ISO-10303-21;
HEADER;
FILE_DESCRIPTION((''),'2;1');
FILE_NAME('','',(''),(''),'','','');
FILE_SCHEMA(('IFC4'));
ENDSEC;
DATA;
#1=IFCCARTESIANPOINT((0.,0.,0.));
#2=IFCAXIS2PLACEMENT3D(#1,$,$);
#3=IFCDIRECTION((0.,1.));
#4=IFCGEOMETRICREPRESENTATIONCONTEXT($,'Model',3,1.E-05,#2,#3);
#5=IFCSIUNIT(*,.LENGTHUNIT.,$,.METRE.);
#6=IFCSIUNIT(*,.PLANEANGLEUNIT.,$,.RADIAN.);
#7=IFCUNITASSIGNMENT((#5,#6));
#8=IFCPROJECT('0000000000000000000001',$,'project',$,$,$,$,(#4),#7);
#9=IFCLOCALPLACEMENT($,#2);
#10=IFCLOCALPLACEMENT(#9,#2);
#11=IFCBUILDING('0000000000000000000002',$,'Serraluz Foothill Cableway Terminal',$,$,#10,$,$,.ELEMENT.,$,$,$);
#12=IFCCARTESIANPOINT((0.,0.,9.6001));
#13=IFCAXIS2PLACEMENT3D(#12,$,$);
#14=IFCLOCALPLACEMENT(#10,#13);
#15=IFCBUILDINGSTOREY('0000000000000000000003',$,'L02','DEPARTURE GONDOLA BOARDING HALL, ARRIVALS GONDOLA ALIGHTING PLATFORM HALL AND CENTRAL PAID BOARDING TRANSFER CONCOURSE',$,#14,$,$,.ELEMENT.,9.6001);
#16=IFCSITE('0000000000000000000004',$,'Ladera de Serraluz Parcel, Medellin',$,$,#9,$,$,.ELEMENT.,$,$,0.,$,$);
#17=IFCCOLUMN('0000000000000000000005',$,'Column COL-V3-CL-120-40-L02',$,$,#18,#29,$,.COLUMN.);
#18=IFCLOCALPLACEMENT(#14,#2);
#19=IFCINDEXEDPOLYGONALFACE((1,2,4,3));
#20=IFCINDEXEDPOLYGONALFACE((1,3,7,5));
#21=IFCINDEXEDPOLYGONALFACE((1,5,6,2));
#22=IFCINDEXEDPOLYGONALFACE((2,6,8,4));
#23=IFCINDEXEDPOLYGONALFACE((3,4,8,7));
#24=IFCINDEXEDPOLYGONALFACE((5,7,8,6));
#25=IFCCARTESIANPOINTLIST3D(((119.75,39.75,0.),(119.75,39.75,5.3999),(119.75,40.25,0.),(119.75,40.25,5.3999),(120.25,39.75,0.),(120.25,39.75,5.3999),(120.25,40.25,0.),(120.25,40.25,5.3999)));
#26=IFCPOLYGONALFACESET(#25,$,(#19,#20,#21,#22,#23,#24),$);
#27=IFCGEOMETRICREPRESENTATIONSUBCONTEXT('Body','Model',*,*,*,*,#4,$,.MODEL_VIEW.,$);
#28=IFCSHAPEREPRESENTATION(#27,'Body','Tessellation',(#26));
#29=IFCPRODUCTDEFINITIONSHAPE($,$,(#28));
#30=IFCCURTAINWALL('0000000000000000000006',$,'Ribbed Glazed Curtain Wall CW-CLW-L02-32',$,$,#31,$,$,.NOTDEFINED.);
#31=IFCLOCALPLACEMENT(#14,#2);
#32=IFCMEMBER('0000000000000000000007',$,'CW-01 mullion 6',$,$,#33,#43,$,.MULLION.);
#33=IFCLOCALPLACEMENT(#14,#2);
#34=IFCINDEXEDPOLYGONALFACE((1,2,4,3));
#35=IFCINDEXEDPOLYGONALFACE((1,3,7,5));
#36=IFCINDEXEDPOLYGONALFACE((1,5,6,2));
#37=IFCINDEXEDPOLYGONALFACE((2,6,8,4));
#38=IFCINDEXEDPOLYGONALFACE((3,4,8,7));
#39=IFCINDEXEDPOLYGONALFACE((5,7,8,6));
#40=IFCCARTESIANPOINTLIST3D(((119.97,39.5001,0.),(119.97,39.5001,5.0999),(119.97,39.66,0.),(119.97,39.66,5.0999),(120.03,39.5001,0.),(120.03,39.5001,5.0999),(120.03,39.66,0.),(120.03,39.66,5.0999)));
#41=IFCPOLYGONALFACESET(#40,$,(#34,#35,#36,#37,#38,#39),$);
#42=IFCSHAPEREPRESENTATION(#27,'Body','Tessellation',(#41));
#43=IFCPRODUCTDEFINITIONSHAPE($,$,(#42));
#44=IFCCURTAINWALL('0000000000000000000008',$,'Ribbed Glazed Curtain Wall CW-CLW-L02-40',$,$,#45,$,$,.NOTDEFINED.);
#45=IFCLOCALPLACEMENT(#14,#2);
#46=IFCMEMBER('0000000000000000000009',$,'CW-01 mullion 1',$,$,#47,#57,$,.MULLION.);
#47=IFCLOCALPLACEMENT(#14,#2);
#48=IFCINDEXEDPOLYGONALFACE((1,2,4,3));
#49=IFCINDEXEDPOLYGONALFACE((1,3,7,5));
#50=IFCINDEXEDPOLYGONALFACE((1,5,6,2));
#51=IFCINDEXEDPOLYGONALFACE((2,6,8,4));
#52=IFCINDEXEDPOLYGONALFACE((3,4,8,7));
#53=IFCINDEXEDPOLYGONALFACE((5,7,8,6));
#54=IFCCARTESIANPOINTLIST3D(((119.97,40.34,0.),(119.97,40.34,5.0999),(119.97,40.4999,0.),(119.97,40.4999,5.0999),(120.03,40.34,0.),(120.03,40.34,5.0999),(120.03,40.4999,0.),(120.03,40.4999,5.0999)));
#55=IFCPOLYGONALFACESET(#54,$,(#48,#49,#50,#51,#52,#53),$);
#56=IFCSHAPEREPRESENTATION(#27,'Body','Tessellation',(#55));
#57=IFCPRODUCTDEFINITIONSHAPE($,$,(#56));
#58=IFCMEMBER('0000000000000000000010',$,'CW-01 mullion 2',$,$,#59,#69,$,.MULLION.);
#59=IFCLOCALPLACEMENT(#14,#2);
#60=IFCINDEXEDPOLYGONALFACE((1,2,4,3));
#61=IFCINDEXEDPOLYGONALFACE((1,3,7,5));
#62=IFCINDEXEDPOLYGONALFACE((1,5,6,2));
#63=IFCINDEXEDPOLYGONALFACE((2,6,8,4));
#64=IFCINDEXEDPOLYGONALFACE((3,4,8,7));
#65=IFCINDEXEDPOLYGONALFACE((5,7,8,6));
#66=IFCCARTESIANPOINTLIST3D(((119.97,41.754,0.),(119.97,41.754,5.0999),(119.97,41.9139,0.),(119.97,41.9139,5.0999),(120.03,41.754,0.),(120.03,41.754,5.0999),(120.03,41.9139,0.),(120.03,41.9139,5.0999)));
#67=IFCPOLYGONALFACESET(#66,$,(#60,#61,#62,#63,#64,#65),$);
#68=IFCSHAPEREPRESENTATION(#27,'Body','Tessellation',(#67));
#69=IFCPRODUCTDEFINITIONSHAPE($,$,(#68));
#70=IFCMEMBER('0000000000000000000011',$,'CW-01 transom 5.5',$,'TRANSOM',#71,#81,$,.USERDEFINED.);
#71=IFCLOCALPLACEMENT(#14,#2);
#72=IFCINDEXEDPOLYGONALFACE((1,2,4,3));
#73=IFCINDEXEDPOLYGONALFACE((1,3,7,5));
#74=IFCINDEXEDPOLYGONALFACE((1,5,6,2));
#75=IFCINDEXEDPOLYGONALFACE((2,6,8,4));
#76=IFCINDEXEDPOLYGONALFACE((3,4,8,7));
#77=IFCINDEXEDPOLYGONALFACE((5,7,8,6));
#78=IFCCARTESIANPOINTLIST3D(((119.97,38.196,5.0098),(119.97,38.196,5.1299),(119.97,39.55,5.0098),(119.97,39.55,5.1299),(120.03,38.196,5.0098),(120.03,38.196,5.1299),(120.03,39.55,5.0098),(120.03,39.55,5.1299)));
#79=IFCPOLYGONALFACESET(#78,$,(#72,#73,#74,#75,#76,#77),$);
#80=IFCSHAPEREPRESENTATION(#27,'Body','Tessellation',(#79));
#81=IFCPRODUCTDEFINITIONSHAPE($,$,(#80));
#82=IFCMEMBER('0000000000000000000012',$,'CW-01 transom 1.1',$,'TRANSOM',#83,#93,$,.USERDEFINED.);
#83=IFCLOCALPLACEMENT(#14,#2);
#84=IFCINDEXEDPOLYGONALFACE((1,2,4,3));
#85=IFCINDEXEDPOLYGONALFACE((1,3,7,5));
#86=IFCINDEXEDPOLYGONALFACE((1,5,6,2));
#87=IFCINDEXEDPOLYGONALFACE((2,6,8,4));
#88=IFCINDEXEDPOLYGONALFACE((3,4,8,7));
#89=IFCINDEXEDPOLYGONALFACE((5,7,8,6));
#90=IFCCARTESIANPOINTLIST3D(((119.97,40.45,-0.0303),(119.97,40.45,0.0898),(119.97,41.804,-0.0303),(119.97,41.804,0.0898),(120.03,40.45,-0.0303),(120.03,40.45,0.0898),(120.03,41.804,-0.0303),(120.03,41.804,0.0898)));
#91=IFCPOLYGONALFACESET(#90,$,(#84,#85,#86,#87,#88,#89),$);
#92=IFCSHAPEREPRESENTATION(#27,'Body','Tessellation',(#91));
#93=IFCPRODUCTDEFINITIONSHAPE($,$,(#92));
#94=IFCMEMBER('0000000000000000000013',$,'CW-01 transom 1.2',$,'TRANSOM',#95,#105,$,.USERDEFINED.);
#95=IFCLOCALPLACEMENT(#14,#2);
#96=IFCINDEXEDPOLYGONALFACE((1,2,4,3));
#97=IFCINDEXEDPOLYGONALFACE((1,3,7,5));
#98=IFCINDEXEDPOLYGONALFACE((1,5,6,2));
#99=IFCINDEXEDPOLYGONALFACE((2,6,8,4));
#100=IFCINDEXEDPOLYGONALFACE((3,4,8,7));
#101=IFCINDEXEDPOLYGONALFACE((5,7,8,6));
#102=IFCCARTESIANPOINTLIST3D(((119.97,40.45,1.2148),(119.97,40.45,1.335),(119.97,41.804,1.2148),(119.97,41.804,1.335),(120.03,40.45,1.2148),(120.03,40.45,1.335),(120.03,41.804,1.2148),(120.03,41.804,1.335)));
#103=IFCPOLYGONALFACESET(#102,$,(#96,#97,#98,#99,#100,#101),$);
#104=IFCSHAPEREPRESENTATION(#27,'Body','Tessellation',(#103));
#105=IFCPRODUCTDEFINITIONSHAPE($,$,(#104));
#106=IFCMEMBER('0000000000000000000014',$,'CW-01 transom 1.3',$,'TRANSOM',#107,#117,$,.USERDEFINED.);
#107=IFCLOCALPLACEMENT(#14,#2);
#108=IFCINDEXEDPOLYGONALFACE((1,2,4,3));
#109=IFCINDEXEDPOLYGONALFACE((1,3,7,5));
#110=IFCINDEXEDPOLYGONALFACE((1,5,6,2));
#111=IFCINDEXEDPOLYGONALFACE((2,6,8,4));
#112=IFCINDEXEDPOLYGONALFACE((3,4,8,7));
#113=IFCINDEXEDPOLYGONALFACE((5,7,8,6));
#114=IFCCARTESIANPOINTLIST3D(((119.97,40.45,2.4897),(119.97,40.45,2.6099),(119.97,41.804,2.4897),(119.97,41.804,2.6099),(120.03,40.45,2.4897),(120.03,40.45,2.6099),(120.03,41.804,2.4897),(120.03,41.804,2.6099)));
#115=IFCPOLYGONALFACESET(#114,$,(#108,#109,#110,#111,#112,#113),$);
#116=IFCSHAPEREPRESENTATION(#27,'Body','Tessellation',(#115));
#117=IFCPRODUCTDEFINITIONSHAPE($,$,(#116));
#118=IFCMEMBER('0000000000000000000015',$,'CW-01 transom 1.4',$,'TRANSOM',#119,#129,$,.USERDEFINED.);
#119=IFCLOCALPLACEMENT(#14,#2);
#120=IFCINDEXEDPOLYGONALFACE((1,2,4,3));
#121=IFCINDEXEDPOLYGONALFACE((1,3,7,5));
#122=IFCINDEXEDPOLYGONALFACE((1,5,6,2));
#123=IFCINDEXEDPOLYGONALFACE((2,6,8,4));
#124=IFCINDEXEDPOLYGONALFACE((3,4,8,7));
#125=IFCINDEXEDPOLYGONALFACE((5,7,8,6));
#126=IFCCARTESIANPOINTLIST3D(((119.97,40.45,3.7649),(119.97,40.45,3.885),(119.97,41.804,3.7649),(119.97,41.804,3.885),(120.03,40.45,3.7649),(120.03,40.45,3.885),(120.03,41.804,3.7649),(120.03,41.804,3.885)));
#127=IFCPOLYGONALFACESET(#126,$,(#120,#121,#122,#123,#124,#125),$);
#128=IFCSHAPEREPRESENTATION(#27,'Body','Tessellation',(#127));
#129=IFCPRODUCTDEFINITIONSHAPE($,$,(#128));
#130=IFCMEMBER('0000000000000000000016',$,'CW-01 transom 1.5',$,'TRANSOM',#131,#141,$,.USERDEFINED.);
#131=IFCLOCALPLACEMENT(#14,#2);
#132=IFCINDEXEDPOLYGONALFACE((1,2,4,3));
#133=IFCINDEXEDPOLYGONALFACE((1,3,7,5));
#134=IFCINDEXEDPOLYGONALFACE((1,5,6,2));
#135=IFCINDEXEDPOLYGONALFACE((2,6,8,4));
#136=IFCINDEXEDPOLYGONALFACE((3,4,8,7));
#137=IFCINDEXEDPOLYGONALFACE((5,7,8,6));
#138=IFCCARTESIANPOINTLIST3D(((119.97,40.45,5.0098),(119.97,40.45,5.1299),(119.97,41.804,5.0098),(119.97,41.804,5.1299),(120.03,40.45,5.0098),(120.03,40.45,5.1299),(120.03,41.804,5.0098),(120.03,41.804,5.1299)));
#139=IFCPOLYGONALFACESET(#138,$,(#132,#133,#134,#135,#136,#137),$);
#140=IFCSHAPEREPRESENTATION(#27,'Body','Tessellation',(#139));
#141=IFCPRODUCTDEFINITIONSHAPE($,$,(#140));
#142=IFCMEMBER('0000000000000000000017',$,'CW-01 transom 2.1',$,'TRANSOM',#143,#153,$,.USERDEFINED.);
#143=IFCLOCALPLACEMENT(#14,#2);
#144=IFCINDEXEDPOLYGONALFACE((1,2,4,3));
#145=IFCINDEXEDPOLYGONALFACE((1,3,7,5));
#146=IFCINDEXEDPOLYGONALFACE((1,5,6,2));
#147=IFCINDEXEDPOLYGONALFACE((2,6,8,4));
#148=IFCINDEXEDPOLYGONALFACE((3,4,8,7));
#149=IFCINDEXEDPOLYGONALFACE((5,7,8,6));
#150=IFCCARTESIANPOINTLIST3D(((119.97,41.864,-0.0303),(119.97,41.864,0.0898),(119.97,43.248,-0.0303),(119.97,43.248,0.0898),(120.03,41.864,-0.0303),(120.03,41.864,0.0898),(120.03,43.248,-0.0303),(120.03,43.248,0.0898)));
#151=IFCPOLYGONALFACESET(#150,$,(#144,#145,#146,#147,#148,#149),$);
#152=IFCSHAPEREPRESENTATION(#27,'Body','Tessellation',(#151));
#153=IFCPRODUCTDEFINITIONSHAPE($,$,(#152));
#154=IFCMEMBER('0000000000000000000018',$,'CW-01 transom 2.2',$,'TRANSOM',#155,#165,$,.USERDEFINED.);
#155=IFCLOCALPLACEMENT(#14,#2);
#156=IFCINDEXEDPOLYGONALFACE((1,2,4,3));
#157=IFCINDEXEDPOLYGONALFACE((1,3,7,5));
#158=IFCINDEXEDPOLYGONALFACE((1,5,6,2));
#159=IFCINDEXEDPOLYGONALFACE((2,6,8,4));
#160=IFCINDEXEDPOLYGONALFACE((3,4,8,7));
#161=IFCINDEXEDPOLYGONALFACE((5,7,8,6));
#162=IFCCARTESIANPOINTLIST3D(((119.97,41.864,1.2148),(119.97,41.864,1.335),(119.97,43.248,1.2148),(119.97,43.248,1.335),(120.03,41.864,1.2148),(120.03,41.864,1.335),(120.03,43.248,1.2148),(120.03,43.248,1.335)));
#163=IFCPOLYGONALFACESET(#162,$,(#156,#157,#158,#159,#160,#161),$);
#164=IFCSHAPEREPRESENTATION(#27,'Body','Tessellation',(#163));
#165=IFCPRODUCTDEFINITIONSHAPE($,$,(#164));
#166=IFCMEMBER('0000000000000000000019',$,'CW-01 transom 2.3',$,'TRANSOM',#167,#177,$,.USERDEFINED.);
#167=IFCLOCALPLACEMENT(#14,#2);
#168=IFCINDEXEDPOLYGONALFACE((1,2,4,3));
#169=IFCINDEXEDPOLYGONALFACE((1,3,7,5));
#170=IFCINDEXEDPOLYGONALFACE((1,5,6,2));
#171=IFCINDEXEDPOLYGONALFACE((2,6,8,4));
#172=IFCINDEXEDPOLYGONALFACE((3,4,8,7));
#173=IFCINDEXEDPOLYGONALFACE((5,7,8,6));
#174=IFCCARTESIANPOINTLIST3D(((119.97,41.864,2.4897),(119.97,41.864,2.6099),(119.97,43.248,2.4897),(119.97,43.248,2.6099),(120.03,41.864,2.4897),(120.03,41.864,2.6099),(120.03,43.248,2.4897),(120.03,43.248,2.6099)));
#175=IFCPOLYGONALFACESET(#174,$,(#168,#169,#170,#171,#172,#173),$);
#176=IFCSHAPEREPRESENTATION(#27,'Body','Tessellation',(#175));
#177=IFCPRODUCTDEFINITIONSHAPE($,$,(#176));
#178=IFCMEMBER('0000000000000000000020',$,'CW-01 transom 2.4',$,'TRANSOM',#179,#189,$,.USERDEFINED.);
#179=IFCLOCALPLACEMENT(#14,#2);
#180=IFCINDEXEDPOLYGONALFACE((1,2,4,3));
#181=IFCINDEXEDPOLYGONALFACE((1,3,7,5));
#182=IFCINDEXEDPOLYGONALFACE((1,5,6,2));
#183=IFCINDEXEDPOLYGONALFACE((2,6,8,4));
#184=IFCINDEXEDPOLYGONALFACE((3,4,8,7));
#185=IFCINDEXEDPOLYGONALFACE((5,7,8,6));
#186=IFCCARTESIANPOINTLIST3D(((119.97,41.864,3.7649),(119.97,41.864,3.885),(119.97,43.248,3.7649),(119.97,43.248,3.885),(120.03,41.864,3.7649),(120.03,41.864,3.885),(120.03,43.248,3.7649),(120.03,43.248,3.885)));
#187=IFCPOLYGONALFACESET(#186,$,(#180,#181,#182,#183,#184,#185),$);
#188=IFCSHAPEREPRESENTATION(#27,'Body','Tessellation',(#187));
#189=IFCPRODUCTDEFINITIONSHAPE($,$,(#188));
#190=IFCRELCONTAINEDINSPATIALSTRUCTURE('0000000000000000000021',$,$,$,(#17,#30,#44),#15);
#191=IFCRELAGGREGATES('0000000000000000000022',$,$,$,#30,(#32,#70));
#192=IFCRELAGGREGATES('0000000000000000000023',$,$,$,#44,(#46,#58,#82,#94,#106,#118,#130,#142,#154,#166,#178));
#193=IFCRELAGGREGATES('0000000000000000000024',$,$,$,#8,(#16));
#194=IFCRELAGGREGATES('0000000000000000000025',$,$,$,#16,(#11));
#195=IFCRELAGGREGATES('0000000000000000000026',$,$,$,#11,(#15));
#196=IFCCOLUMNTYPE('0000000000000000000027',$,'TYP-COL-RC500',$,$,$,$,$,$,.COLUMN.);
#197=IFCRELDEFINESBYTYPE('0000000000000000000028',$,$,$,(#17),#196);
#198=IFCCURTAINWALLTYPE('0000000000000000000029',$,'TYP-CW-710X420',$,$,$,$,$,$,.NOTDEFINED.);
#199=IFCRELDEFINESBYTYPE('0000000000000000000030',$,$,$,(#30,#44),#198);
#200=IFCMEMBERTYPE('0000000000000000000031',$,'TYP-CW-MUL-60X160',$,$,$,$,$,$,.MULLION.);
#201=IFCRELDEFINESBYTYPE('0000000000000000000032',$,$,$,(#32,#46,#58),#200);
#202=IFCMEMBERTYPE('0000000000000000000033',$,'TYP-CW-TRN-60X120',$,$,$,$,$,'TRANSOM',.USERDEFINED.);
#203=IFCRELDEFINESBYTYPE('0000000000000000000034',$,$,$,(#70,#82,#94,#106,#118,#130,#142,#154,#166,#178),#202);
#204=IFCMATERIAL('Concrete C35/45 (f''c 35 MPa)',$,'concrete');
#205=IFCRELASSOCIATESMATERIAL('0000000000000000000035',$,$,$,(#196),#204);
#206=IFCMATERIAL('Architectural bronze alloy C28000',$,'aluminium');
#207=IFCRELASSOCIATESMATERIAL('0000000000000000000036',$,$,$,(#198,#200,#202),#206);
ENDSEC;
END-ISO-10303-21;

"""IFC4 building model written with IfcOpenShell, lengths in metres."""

from ifc_helpers import new_model, si_unit, direction, frame, origin, origin_2d, place, context, subcontext, project, spatial, rectangle, extrude, material, material_profile, profile_set, type_object, element, aggregate, save


model = new_model("IFC4")

# Units and contexts
model_context = context("Model", 3, precision=1e-05, world=origin(), true_north=direction((0.0, 1.0)))
body_context = subcontext(model_context, "Body", "Model", "MODEL_VIEW")
ifc_project = project(units=[si_unit("LENGTHUNIT", "METRE"), si_unit("PLANEANGLEUNIT", "RADIAN")], contexts=[model_context])

# Site, building, storey
site_placement = place(None, origin())
site = spatial("IfcSite", under=ifc_project, at=site_placement, Name="Ladera de Serraluz Parcel, Medellin", CompositionType="ELEMENT", RefElevation=0.0)
building_placement = place(site_placement, origin())
building = spatial("IfcBuilding", under=site, at=building_placement, Name="Serraluz Foothill Cableway Terminal", CompositionType="ELEMENT")
storey_placement = place(building_placement, frame((0.0, 0.0, 9.6001)))
storey = spatial("IfcBuildingStorey", under=building, at=storey_placement, Name="L02", Description="DEPARTURE GONDOLA BOARDING HALL, ARRIVALS GONDOLA ALIGHTING PLATFORM HALL AND CENTRAL PAID BOARDING TRANSFER CONCOURSE", CompositionType="ELEMENT", Elevation=9.6001)

# Column
ifc_material_1 = material(Name="Concrete C35/45 (f'c 35 MPa)", Category="concrete")
ifc_material_profile_1 = material_profile(ifc_material_1, rectangle(XDim=0.5, YDim=0.5, at=origin_2d()), Name="RC 500x500")
ifc_profile_set_1 = profile_set([ifc_material_profile_1], Name="Concrete C35/45 (f'c 35 MPa)")
column_type = type_object("IfcColumnType", Name="TYP-COL-RC500", PredefinedType="COLUMN", material=ifc_profile_set_1)
column_placement = place(storey_placement, frame((120.0, 40.0, 0.0), z_axis=(0.0, 0.0, 1.0), x_axis=(1.0, 0.0, 0.0)))
element("IfcColumn", 1, at=column_placement, inside=storey, type_object=column_type, Name="Column COL-V3-CL-120-40-L02", PredefinedType="COLUMN", context=body_context, shape_type="SweptSolid", body=[
    extrude(rectangle(XDim=0.5, YDim=0.5, at=origin_2d()), origin(), (0.0, 0.0, 1.0), 5.3999),
])

# Curtain wall, member
ifc_material_2 = material(Name="Architectural bronze alloy C28000", Category="aluminium")
curtain_wall_type = type_object("IfcCurtainWallType", Name="TYP-CW-710X420", PredefinedType="NOTDEFINED", material=ifc_material_2)
curtain_wall_1_placement = place(storey_placement, origin())
curtain_wall_1 = element("IfcCurtainWall", 2, at=curtain_wall_1_placement, inside=storey, type_object=curtain_wall_type, Name="Ribbed Glazed Curtain Wall CW-CLW-L02-32", PredefinedType="NOTDEFINED")
ifc_material_profile_2 = material_profile(ifc_material_2, rectangle(XDim=0.0601, YDim=0.1599, at=origin_2d()), Name="ALU MULLION 60x160")
ifc_profile_set_2 = profile_set([ifc_material_profile_2], Name="Architectural bronze alloy C28000")
member_type_1 = type_object("IfcMemberType", Name="TYP-CW-MUL-60X160", PredefinedType="MULLION", material=ifc_profile_set_2)
member_1_placement = place(storey_placement, frame((120.0, 39.5801, 0.0), z_axis=(0.0, 0.0, 1.0), x_axis=(-1.0, 0.0, 0.0)))
member_1 = element("IfcMember", 3, at=member_1_placement, type_object=member_type_1, Name="CW-01 mullion 6", PredefinedType="MULLION", context=body_context, shape_type="SweptSolid", body=[
    extrude(rectangle(XDim=0.0601, YDim=0.1599, at=origin_2d()), origin(), (0.0, 0.0, 1.0), 5.0999),
])

# Curtain wall, members
curtain_wall_2_placement = place(storey_placement, origin())
curtain_wall_2 = element("IfcCurtainWall", 4, at=curtain_wall_2_placement, inside=storey, type_object=curtain_wall_type, Name="Ribbed Glazed Curtain Wall CW-CLW-L02-40", PredefinedType="NOTDEFINED")
member_2_placement = place(storey_placement, frame((120.0, 40.4199, 0.0), z_axis=(0.0, 0.0, 1.0), x_axis=(-1.0, 0.0, 0.0)))
member_2 = element("IfcMember", 5, at=member_2_placement, type_object=member_type_1, Name="CW-01 mullion 1", PredefinedType="MULLION", context=body_context, shape_type="SweptSolid", body=[
    extrude(rectangle(XDim=0.0601, YDim=0.1599, at=origin_2d()), origin(), (0.0, 0.0, 1.0), 5.0999),
])
member_3_placement = place(storey_placement, frame((120.0, 41.834, 0.0), z_axis=(0.0, 0.0, 1.0), x_axis=(-1.0, 0.0, 0.0)))
member_3 = element("IfcMember", 6, at=member_3_placement, type_object=member_type_1, Name="CW-01 mullion 2", PredefinedType="MULLION", context=body_context, shape_type="SweptSolid", body=[
    extrude(rectangle(XDim=0.0601, YDim=0.1599, at=origin_2d()), origin(), (0.0, 0.0, 1.0), 5.0999),
])

# Members
ifc_material_profile_3 = material_profile(ifc_material_2, rectangle(XDim=0.0601, YDim=0.1201, at=origin_2d()), Name="ALU TRANSOM 60x120")
ifc_profile_set_3 = profile_set([ifc_material_profile_3], Name="Architectural bronze alloy C28000")
member_type_2 = type_object("IfcMemberType", Name="TYP-CW-TRN-60X120", ElementType="TRANSOM", PredefinedType="USERDEFINED", material=ifc_profile_set_3)
member_4_placement = place(storey_placement, frame((120.0, 38.196, 5.0698), z_axis=(0.0, 1.0, 0.0), x_axis=(-1.0, 0.0, 0.0)))
member_4 = element("IfcMember", 7, at=member_4_placement, type_object=member_type_2, Name="CW-01 transom 5.5", ObjectType="TRANSOM", PredefinedType="USERDEFINED", context=body_context, shape_type="SweptSolid", body=[
    extrude(rectangle(XDim=0.0601, YDim=0.1201, at=origin_2d()), origin(), (0.0, 0.0, 1.0), 1.354),
])
member_5_placement = place(storey_placement, frame((120.0, 40.45, 0.0298), z_axis=(0.0, 1.0, 0.0), x_axis=(-1.0, 0.0, 0.0)))
member_5 = element("IfcMember", 8, at=member_5_placement, type_object=member_type_2, Name="CW-01 transom 1.1", ObjectType="TRANSOM", PredefinedType="USERDEFINED", context=body_context, shape_type="SweptSolid", body=[
    extrude(rectangle(XDim=0.0601, YDim=0.1201, at=origin_2d()), origin(), (0.0, 0.0, 1.0), 1.354),
])
member_6_placement = place(storey_placement, frame((120.0, 40.45, 1.2749), z_axis=(0.0, 1.0, 0.0), x_axis=(-1.0, 0.0, 0.0)))
member_6 = element("IfcMember", 9, at=member_6_placement, type_object=member_type_2, Name="CW-01 transom 1.2", ObjectType="TRANSOM", PredefinedType="USERDEFINED", context=body_context, shape_type="SweptSolid", body=[
    extrude(rectangle(XDim=0.0601, YDim=0.1201, at=origin_2d()), origin(), (0.0, 0.0, 1.0), 1.354),
])
member_7_placement = place(storey_placement, frame((120.0, 40.45, 2.5498), z_axis=(0.0, 1.0, 0.0), x_axis=(-1.0, 0.0, 0.0)))
member_7 = element("IfcMember", 10, at=member_7_placement, type_object=member_type_2, Name="CW-01 transom 1.3", ObjectType="TRANSOM", PredefinedType="USERDEFINED", context=body_context, shape_type="SweptSolid", body=[
    extrude(rectangle(XDim=0.0601, YDim=0.1201, at=origin_2d()), origin(), (0.0, 0.0, 1.0), 1.354),
])
member_8_placement = place(storey_placement, frame((120.0, 40.45, 3.825), z_axis=(0.0, 1.0, 0.0), x_axis=(-1.0, 0.0, 0.0)))
member_8 = element("IfcMember", 11, at=member_8_placement, type_object=member_type_2, Name="CW-01 transom 1.4", ObjectType="TRANSOM", PredefinedType="USERDEFINED", context=body_context, shape_type="SweptSolid", body=[
    extrude(rectangle(XDim=0.0601, YDim=0.1201, at=origin_2d()), origin(), (0.0, 0.0, 1.0), 1.354),
])
member_9_placement = place(storey_placement, frame((120.0, 40.45, 5.0698), z_axis=(0.0, 1.0, 0.0), x_axis=(-1.0, 0.0, 0.0)))
member_9 = element("IfcMember", 12, at=member_9_placement, type_object=member_type_2, Name="CW-01 transom 1.5", ObjectType="TRANSOM", PredefinedType="USERDEFINED", context=body_context, shape_type="SweptSolid", body=[
    extrude(rectangle(XDim=0.0601, YDim=0.1201, at=origin_2d()), origin(), (0.0, 0.0, 1.0), 1.354),
])
member_10_placement = place(storey_placement, frame((120.0, 41.864, 0.0298), z_axis=(0.0, 1.0, 0.0), x_axis=(-1.0, 0.0, 0.0)))
member_10 = element("IfcMember", 13, at=member_10_placement, type_object=member_type_2, Name="CW-01 transom 2.1", ObjectType="TRANSOM", PredefinedType="USERDEFINED", context=body_context, shape_type="SweptSolid", body=[
    extrude(rectangle(XDim=0.0601, YDim=0.1201, at=origin_2d()), origin(), (0.0, 0.0, 1.0), 1.384),
])
member_11_placement = place(storey_placement, frame((120.0, 41.864, 1.2749), z_axis=(0.0, 1.0, 0.0), x_axis=(-1.0, 0.0, 0.0)))
member_11 = element("IfcMember", 14, at=member_11_placement, type_object=member_type_2, Name="CW-01 transom 2.2", ObjectType="TRANSOM", PredefinedType="USERDEFINED", context=body_context, shape_type="SweptSolid", body=[
    extrude(rectangle(XDim=0.0601, YDim=0.1201, at=origin_2d()), origin(), (0.0, 0.0, 1.0), 1.384),
])
member_12_placement = place(storey_placement, frame((120.0, 41.864, 2.5498), z_axis=(0.0, 1.0, 0.0), x_axis=(-1.0, 0.0, 0.0)))
member_12 = element("IfcMember", 15, at=member_12_placement, type_object=member_type_2, Name="CW-01 transom 2.3", ObjectType="TRANSOM", PredefinedType="USERDEFINED", context=body_context, shape_type="SweptSolid", body=[
    extrude(rectangle(XDim=0.0601, YDim=0.1201, at=origin_2d()), origin(), (0.0, 0.0, 1.0), 1.384),
])
member_13_placement = place(storey_placement, frame((120.0, 41.864, 3.825), z_axis=(0.0, 1.0, 0.0), x_axis=(-1.0, 0.0, 0.0)))
member_13 = element("IfcMember", 16, at=member_13_placement, type_object=member_type_2, Name="CW-01 transom 2.4", ObjectType="TRANSOM", PredefinedType="USERDEFINED", context=body_context, shape_type="SweptSolid", body=[
    extrude(rectangle(XDim=0.0601, YDim=0.1201, at=origin_2d()), origin(), (0.0, 0.0, 1.0), 1.384),
])

aggregate(curtain_wall_1, [member_1, member_4])
aggregate(curtain_wall_2, [member_2, member_3, member_5, member_6, member_7, member_8, member_9, member_10, member_11, member_12, member_13])

save(model, "model.ifc")
